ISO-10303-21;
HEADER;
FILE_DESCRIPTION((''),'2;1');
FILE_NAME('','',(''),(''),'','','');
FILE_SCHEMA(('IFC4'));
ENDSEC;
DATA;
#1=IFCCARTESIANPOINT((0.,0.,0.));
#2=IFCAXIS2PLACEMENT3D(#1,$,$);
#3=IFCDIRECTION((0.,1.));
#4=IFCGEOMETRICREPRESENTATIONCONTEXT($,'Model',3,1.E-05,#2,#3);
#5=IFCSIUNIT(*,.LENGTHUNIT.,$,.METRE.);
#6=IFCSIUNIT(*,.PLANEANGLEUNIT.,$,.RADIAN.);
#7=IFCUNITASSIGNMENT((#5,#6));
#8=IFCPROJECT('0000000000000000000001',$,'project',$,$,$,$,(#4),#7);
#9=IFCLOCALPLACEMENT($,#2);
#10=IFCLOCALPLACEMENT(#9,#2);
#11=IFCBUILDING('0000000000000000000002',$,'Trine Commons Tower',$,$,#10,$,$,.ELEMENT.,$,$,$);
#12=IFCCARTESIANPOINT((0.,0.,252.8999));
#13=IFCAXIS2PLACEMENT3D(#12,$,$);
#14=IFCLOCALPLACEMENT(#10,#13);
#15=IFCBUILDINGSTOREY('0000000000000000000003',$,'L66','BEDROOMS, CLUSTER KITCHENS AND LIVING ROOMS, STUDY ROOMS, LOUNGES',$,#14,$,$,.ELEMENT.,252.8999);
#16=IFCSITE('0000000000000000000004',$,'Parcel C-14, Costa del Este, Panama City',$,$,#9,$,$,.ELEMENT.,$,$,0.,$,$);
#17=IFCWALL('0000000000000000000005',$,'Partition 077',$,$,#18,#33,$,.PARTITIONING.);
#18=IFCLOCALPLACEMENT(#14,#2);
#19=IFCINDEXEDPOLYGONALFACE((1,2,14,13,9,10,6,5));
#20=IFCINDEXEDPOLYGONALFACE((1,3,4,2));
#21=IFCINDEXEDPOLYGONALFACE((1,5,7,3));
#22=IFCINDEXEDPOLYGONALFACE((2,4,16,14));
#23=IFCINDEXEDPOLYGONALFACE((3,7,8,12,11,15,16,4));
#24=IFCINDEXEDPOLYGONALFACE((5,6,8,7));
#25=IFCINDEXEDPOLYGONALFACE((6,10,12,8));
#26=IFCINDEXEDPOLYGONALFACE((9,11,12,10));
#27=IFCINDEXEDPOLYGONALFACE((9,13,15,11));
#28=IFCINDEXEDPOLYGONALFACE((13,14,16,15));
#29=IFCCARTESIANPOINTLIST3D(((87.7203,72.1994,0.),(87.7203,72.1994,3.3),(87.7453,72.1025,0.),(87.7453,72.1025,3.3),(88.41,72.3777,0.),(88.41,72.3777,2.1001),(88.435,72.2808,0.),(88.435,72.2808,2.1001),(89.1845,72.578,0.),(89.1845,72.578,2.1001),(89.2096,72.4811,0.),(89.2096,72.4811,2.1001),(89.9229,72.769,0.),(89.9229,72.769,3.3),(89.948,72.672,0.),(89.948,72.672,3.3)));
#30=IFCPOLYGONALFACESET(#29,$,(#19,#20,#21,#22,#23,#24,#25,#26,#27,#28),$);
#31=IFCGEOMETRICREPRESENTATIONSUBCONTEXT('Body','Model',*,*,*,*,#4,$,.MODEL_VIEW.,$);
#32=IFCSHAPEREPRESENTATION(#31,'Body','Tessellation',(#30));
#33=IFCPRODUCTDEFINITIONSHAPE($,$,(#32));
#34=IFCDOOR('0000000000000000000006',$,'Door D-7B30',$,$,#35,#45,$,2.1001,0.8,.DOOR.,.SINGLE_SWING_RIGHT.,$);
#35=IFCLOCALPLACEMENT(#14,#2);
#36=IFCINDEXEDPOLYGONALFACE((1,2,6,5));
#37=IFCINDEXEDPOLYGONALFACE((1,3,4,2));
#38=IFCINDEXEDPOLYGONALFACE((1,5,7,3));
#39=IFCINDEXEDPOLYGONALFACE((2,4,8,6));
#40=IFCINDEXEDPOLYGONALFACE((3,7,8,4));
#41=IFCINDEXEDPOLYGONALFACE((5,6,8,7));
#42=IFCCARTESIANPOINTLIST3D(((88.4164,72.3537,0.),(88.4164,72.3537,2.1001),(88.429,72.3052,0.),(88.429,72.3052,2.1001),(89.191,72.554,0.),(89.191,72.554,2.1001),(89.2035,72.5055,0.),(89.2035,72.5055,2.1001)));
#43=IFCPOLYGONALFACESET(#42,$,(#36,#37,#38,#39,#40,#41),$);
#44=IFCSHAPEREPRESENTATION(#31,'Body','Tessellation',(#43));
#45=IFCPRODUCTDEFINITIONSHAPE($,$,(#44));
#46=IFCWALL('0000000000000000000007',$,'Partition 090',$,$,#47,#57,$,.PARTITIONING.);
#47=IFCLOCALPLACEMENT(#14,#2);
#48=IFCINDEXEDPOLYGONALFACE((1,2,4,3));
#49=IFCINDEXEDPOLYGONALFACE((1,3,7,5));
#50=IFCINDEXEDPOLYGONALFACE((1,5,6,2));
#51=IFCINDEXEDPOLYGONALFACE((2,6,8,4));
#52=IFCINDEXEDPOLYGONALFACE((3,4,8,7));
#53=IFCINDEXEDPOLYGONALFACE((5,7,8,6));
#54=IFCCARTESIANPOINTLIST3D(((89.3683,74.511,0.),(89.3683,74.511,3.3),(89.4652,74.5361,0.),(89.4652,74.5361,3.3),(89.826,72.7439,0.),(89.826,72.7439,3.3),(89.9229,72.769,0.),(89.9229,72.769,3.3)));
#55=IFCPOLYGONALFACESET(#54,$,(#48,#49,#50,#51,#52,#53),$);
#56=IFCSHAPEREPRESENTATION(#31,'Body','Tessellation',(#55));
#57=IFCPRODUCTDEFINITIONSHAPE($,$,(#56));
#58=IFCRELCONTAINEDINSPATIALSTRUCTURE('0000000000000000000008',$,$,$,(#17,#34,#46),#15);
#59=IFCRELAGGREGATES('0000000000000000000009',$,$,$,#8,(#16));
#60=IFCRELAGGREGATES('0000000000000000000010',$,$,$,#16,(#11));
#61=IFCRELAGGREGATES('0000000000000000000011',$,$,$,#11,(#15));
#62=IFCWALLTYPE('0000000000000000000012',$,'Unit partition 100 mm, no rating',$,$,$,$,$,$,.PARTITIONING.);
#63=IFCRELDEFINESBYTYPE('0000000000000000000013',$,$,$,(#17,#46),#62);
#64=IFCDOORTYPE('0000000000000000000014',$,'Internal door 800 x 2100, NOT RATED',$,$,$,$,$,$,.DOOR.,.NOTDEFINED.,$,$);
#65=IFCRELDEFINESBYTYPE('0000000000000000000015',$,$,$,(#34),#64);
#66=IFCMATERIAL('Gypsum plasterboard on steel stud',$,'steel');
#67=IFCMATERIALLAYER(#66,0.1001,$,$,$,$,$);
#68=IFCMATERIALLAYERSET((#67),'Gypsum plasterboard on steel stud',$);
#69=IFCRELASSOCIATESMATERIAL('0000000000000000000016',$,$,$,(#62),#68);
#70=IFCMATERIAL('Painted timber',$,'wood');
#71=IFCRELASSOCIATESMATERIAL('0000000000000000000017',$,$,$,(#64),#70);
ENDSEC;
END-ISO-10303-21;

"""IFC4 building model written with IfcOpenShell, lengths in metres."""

from ifc_helpers import new_model, si_unit, direction, frame, frame_2d, origin, place, context, subcontext, project, spatial, rectangle, extrude, material, layer, layer_set, type_object, element, fill, save


model = new_model("IFC4")

# Units and contexts
model_context = context("Model", 3, precision=1e-05, world=origin(), true_north=direction((0.0, 1.0)))
body_context = subcontext(model_context, "Body", "Model", "MODEL_VIEW")
ifc_project = project(units=[si_unit("LENGTHUNIT", "METRE"), si_unit("PLANEANGLEUNIT", "RADIAN")], contexts=[model_context])

# Site, building, storey
site_placement = place(None, origin())
site = spatial("IfcSite", under=ifc_project, at=site_placement, Name="Parcel C-14, Costa del Este, Panama City", CompositionType="ELEMENT", RefElevation=0.0)
building_placement = place(site_placement, origin())
building = spatial("IfcBuilding", under=site, at=building_placement, Name="Trine Commons Tower", CompositionType="ELEMENT")
storey_placement = place(building_placement, frame((0.0, 0.0, 252.8999)))
storey = spatial("IfcBuildingStorey", under=building, at=storey_placement, Name="L66", Description="BEDROOMS, CLUSTER KITCHENS AND LIVING ROOMS, STUDY ROOMS, LOUNGES", CompositionType="ELEMENT", Elevation=252.8999)

# Shared definitions
ifc_material_1 = material(Name="Gypsum plasterboard on steel stud", Category="steel")

# Wall, opening, door
ifc_layer_1 = layer(ifc_material_1, 0.1001)
ifc_layer_set_1 = layer_set([ifc_layer_1], Name="Gypsum plasterboard on steel stud")
wall_type_1 = type_object("IfcWallType", Name="Unit partition 100 mm, no rating", PredefinedType="PARTITIONING", material=ifc_layer_set_1)
wall_1_placement = place(storey_placement, frame((87.7327, 72.1509, 0.0), z_axis=(0.0, 0.0, 1.0), x_axis=(0.968154, 0.250355, 0.0)))
wall_1 = element("IfcWall", 1, at=wall_1_placement, inside=storey, type_object=wall_type_1, Name="Partition 077", PredefinedType="PARTITIONING", context=body_context, shape_type="SweptSolid", body=[
    extrude(rectangle(XDim=2.2751, YDim=0.1001, at=frame_2d((1.1377, 0.0))), origin(), (0.0, 0.0, 1.0), 3.3),
])
opening_1_placement = place(wall_1_placement, frame((0.7126, 0.0, 0.0)))
opening_1 = element("IfcOpeningElement", 2, at=opening_1_placement, cuts=wall_1, PredefinedType="OPENING", context=body_context, shape_type="SweptSolid", body=[
    extrude(rectangle(XDim=0.8, YDim=2.1001, at=frame_2d((0.3999, 1.05))), frame((0.0, 0.0601, 0.0), z_axis=(0.0, -1.0, 0.0), x_axis=(1.0, 0.0, 0.0)), (0.0, 0.0, 1.0), 0.1201),
])
ifc_material_2 = material(Name="Painted timber", Category="wood")
door_type_1 = type_object("IfcDoorType", Name="Internal door 800 x 2100, NOT RATED", OperationType="NOTDEFINED", PredefinedType="DOOR", material=ifc_material_2)
door_1_placement = place(opening_1_placement, frame((0.8, 0.0, 0.0), z_axis=(0.0, 0.0, 1.0), x_axis=(-1.0, 0.0, 0.0)))
door_1 = element("IfcDoor", 3, at=door_1_placement, inside=storey, type_object=door_type_1, Name="Door D-7B30", OperationType="SINGLE_SWING_RIGHT", OverallHeight=2.1001, OverallWidth=0.8, PredefinedType="DOOR", context=body_context, shape_type="SweptSolid", body=[
    extrude(rectangle(XDim=0.8, YDim=2.1001, at=frame_2d((0.3999, 1.05))), frame((0.0, 0.0249, 0.0), z_axis=(0.0, -1.0, 0.0), x_axis=(1.0, 0.0, 0.0)), (0.0, 0.0, 1.0), 0.05),
])
fill(opening_1, door_1)

# Wall
wall_2_placement = place(storey_placement, frame((89.4167, 74.5234, 0.0), z_axis=(0.0, 0.0, 1.0), x_axis=(0.250772, -0.968046, 0.0)))
element("IfcWall", 4, at=wall_2_placement, inside=storey, type_object=wall_type_1, Name="Partition 090", PredefinedType="PARTITIONING", context=body_context, shape_type="SweptSolid", body=[
    extrude(rectangle(XDim=1.8254, YDim=0.1001, at=frame_2d((0.9126, 0.0))), origin(), (0.0, 0.0, 1.0), 3.3),
])

save(model, "model.ifc")
